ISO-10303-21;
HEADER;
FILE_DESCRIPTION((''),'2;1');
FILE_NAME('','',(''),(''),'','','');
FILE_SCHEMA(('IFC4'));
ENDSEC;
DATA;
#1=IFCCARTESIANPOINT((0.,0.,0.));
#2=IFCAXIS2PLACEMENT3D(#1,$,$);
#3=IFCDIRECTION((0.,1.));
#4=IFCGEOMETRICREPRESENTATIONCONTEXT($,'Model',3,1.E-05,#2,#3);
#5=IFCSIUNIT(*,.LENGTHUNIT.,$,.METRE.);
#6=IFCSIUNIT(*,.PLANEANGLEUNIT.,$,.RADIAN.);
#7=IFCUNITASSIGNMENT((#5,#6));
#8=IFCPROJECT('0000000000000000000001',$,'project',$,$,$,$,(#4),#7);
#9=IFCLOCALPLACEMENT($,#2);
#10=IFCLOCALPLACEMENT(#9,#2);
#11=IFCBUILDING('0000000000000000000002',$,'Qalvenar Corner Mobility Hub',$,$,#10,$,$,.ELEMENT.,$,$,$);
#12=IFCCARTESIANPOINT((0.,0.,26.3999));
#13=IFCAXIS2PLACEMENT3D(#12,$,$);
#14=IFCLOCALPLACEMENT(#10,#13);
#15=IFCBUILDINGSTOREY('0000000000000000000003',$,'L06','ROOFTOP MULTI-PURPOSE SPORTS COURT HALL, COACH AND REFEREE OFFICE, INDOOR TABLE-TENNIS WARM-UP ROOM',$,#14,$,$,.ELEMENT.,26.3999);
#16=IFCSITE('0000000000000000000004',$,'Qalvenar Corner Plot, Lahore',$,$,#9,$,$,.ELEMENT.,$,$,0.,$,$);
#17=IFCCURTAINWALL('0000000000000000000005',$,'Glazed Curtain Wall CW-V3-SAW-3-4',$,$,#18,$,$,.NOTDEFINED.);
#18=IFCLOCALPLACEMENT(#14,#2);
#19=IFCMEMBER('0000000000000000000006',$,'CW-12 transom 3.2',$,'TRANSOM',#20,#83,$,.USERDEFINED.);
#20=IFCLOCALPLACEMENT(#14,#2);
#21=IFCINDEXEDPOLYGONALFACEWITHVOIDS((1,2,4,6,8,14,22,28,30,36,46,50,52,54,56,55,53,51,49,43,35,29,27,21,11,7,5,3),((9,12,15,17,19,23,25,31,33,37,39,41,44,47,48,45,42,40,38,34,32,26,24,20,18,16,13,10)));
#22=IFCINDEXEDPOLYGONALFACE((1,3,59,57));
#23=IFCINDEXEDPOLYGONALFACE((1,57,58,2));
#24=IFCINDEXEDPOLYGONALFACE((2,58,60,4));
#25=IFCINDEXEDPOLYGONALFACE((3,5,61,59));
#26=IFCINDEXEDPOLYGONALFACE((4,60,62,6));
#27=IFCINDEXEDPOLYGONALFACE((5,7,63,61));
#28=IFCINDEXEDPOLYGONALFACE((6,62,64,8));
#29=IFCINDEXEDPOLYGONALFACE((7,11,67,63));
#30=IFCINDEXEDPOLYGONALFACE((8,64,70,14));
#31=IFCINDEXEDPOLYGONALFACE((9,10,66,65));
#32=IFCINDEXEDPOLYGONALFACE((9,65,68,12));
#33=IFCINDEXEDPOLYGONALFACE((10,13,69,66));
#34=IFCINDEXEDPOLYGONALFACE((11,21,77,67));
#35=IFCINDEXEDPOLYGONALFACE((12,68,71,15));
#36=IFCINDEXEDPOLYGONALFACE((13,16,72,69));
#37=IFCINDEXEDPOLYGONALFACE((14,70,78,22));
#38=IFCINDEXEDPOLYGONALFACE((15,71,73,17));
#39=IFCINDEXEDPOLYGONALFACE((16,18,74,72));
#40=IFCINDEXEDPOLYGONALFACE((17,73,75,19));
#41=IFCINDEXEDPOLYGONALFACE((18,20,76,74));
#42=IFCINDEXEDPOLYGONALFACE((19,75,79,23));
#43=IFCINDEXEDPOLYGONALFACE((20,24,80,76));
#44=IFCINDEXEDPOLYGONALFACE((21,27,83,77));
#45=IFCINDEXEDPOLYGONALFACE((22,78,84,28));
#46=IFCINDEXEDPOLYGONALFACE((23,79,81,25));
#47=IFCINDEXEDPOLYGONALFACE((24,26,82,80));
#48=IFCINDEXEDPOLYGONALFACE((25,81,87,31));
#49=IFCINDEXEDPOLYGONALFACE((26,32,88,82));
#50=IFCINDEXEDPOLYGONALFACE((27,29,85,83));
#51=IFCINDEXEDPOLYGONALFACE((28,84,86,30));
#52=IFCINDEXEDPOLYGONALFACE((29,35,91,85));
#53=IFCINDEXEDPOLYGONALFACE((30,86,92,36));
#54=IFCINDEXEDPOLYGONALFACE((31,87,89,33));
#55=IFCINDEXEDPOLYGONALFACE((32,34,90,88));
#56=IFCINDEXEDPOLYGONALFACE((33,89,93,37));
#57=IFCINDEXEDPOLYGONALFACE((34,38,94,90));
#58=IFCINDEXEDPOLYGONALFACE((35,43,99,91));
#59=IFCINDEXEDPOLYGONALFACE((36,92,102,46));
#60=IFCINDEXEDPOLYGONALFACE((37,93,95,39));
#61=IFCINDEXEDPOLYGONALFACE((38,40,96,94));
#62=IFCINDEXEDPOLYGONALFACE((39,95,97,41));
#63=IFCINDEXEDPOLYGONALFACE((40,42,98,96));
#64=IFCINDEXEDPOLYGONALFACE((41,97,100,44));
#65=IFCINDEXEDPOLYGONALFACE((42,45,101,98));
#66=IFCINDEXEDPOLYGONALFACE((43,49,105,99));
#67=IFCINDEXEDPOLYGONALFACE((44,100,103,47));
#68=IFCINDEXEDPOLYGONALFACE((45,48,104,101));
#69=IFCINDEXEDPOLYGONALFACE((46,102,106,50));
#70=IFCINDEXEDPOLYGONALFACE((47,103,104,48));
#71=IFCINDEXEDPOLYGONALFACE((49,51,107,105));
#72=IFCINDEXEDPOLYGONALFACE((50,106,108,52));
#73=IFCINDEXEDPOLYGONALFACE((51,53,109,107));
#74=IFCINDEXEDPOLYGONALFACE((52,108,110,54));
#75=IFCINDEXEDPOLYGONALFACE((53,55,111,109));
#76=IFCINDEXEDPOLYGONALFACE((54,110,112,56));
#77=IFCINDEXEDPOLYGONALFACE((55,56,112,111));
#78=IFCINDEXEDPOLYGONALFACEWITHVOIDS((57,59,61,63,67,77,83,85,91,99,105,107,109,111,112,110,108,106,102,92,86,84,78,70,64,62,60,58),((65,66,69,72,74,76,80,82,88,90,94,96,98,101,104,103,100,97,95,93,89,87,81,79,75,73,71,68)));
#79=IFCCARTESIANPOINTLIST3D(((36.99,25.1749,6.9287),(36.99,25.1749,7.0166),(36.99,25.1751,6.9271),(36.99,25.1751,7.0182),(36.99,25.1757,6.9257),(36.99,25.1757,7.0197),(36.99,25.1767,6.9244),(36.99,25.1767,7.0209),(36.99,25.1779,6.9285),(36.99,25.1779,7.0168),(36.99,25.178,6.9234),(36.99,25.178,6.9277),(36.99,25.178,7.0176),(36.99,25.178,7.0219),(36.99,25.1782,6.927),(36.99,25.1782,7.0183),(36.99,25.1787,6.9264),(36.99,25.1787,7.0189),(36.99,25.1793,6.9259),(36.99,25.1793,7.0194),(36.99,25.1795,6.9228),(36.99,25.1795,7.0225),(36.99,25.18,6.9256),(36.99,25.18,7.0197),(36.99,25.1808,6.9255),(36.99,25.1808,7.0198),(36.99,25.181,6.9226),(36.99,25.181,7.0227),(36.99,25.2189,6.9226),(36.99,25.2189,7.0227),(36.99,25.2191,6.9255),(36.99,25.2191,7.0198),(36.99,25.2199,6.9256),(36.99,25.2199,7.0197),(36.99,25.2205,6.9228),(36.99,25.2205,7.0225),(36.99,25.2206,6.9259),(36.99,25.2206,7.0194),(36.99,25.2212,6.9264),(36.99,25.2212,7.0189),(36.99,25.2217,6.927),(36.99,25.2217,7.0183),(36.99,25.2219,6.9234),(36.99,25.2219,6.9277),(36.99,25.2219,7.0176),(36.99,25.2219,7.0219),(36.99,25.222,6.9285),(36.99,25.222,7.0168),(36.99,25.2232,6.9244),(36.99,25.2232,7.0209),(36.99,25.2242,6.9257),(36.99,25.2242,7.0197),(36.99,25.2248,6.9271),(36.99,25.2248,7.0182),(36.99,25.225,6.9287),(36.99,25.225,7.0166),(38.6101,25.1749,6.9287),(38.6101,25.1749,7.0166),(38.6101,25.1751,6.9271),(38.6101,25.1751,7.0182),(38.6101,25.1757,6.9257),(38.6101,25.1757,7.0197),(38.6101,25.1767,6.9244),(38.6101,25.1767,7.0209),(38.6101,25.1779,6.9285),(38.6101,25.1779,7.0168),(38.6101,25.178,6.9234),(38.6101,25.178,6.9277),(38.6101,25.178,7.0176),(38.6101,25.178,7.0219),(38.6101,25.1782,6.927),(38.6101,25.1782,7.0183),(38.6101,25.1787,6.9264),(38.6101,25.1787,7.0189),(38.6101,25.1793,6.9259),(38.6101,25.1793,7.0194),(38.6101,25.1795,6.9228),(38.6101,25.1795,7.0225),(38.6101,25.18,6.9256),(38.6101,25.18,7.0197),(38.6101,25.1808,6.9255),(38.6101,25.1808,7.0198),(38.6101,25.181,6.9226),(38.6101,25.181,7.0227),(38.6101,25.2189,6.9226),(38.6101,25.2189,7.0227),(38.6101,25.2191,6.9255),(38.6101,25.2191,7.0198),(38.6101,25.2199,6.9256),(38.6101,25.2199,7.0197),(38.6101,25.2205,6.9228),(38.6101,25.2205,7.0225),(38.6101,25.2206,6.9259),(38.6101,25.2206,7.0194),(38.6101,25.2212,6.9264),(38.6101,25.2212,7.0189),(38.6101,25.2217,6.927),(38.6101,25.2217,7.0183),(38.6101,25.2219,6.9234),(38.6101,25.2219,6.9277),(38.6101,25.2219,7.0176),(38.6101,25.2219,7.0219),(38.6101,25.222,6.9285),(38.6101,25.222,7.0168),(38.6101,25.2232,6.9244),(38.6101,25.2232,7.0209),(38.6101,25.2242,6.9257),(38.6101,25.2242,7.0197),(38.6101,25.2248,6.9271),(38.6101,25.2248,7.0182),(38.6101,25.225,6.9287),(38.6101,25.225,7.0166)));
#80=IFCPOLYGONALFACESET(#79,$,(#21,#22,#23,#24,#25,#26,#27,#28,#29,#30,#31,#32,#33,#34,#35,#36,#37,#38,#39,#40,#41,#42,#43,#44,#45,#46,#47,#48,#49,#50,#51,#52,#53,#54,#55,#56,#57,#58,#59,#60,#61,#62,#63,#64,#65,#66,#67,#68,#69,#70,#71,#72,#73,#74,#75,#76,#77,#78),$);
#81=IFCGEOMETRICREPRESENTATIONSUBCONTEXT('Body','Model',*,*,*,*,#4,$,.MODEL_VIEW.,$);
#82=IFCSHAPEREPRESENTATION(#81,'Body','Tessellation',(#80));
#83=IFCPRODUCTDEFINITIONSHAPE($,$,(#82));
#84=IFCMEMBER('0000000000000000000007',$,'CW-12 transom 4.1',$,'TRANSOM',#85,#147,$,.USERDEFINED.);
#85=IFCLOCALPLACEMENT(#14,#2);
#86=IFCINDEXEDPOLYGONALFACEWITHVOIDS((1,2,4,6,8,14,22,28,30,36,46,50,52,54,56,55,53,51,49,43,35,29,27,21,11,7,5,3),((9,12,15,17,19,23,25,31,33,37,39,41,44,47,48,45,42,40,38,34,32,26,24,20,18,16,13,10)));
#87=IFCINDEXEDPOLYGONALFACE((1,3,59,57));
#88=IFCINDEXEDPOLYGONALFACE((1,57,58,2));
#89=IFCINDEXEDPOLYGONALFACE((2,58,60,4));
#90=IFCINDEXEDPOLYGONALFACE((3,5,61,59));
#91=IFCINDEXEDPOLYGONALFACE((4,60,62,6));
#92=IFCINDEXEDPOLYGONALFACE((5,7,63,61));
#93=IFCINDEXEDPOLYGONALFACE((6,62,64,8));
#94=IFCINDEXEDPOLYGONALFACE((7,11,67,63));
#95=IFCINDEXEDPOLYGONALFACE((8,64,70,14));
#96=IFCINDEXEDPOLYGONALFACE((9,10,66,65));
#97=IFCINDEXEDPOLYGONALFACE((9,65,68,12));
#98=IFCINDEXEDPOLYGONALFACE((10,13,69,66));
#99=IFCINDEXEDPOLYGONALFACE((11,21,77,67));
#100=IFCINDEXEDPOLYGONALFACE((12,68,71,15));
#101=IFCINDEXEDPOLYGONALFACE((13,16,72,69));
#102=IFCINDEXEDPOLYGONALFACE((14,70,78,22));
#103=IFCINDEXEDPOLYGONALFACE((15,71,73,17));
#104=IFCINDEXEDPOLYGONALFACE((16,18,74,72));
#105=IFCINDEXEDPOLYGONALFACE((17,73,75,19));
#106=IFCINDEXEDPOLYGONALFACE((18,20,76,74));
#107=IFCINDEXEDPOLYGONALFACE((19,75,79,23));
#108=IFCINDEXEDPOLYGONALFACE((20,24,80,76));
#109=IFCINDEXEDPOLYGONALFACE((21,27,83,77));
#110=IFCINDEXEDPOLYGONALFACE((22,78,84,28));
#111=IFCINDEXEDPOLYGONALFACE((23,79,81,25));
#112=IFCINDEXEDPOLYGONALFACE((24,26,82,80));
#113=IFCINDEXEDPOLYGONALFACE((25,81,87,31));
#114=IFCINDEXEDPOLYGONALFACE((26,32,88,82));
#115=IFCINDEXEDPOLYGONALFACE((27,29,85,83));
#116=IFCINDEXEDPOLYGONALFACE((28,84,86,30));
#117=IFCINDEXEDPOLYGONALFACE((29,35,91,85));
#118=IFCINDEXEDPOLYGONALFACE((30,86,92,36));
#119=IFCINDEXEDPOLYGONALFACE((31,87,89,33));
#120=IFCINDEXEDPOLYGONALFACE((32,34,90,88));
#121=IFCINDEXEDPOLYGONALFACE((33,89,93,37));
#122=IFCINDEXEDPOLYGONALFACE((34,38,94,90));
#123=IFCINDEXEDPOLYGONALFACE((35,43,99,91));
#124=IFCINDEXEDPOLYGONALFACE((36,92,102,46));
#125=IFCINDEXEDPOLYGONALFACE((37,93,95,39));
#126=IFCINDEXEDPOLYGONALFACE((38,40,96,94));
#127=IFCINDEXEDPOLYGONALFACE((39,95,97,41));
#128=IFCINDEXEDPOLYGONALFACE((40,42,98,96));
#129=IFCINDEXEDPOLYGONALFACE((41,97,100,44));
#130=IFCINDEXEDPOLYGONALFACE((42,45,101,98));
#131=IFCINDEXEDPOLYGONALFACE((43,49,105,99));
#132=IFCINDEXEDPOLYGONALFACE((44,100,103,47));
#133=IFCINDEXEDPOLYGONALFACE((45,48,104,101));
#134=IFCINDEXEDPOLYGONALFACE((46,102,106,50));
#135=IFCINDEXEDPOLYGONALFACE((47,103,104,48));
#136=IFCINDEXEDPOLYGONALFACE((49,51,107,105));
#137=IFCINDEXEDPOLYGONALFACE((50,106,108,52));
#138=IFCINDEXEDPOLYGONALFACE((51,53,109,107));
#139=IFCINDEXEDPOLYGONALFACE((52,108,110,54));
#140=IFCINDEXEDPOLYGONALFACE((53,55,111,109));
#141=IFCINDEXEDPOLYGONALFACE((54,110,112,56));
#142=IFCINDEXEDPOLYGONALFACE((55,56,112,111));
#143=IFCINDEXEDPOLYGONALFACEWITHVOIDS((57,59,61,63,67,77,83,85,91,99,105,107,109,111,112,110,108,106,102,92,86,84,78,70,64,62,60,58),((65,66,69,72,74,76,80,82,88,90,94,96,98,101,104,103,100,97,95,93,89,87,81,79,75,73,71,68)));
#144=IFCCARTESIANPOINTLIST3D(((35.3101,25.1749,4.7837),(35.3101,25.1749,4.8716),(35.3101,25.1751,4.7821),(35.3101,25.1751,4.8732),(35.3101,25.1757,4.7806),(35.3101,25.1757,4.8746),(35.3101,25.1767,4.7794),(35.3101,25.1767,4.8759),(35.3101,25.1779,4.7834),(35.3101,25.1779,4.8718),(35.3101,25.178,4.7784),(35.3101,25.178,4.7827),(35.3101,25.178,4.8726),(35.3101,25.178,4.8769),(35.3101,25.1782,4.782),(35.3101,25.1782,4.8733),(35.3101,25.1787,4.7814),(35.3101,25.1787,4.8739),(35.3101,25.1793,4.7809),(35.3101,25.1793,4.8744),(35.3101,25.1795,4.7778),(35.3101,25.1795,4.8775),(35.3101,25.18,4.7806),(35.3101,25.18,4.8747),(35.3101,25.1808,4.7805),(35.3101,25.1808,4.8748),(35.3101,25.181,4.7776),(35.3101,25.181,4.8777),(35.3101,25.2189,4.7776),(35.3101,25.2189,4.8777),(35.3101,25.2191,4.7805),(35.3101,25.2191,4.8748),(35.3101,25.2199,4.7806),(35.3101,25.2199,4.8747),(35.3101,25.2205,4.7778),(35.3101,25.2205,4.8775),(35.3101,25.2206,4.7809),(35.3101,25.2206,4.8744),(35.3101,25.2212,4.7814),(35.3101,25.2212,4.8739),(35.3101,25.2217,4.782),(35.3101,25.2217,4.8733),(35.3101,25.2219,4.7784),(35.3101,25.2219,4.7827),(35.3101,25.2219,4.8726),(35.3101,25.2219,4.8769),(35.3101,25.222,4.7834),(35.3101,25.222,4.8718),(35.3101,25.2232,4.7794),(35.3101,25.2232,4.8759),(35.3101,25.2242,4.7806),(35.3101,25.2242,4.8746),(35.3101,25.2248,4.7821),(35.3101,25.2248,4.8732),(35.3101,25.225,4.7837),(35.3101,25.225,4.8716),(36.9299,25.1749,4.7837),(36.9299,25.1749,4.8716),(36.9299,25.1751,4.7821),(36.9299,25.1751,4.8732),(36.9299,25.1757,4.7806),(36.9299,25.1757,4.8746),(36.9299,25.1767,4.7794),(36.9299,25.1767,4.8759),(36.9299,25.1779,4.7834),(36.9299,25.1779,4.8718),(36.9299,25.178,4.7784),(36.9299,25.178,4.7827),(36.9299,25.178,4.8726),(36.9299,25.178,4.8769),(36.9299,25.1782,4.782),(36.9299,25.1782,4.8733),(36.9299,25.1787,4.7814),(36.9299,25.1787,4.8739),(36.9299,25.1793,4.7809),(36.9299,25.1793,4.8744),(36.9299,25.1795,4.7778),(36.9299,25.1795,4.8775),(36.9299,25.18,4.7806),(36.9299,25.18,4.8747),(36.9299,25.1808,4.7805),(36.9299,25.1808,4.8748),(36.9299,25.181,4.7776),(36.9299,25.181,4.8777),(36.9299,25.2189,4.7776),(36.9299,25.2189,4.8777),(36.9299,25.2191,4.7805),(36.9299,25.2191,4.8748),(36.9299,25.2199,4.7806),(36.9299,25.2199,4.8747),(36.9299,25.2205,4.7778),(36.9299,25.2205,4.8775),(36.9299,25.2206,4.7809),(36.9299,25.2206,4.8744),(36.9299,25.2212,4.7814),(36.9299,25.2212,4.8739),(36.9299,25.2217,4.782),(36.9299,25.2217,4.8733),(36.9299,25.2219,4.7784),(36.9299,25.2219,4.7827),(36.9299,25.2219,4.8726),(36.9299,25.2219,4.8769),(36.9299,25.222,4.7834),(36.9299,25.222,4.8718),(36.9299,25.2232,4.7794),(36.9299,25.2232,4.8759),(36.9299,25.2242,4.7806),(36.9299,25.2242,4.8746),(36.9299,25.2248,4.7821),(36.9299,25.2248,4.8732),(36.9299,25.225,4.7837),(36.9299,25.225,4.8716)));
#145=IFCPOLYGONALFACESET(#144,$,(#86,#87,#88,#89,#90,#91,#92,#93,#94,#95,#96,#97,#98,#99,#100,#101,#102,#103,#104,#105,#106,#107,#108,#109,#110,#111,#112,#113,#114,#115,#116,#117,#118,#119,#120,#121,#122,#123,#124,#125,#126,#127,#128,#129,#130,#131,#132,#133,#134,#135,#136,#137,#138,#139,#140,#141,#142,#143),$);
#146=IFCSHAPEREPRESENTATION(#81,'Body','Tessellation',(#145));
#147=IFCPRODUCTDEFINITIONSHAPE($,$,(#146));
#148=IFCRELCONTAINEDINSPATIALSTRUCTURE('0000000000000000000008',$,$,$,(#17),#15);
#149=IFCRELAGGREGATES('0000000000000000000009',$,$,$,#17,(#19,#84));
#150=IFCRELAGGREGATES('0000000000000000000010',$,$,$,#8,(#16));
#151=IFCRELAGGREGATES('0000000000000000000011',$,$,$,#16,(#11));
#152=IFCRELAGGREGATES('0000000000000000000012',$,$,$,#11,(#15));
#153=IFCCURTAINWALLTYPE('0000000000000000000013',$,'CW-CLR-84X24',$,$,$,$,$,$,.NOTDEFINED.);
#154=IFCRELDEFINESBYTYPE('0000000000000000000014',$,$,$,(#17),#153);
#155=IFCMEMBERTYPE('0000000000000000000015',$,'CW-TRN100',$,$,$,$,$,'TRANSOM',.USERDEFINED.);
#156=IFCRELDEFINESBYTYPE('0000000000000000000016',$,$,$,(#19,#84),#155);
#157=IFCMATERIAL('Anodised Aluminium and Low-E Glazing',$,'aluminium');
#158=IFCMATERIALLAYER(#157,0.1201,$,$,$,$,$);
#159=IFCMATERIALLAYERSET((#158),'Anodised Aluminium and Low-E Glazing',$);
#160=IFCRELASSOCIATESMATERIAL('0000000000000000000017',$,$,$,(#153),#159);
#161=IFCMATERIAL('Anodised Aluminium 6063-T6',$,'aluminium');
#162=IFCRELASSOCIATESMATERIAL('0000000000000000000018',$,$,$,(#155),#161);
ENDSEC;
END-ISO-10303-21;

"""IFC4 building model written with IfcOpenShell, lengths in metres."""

from ifc_helpers import new_model, si_unit, direction, frame, origin, origin_2d, place, context, subcontext, project, spatial, hollow_rectangle, extrude, material, layer, layer_set, material_profile, profile_set, type_object, element, aggregate, save


model = new_model("IFC4")

# Units and contexts
model_context = context("Model", 3, precision=1e-05, world=origin(), true_north=direction((0.0, 1.0)))
body_context = subcontext(model_context, "Body", "Model", "MODEL_VIEW")
ifc_project = project(units=[si_unit("LENGTHUNIT", "METRE"), si_unit("PLANEANGLEUNIT", "RADIAN")], contexts=[model_context])

# Site, building, storey
site_placement = place(None, origin())
site = spatial("IfcSite", under=ifc_project, at=site_placement, Name="Qalvenar Corner Plot, Lahore", CompositionType="ELEMENT", RefElevation=0.0)
building_placement = place(site_placement, origin())
building = spatial("IfcBuilding", under=site, at=building_placement, Name="Qalvenar Corner Mobility Hub", CompositionType="ELEMENT")
storey_placement = place(building_placement, frame((0.0, 0.0, 26.3999)))
storey = spatial("IfcBuildingStorey", under=building, at=storey_placement, Name="L06", Description="ROOFTOP MULTI-PURPOSE SPORTS COURT HALL, COACH AND REFEREE OFFICE, INDOOR TABLE-TENNIS WARM-UP ROOM", CompositionType="ELEMENT", Elevation=26.3999)

# Curtain wall
ifc_material_1 = material(Name="Anodised Aluminium and Low-E Glazing", Category="aluminium")
ifc_layer_1 = layer(ifc_material_1, 0.1201)
ifc_layer_set_1 = layer_set([ifc_layer_1], Name="Anodised Aluminium and Low-E Glazing")
curtain_wall_type = type_object("IfcCurtainWallType", Name="CW-CLR-84X24", PredefinedType="NOTDEFINED", material=ifc_layer_set_1)
ifc_material_2 = material(Name="Anodised Aluminium 6063-T6", Category="aluminium")
curtain_wall_1_placement = place(storey_placement, origin())
curtain_wall_1 = element("IfcCurtainWall", 1, at=curtain_wall_1_placement, inside=storey, type_object=curtain_wall_type, Name="Glazed Curtain Wall CW-V3-SAW-3-4", PredefinedType="NOTDEFINED")

# Members
ifc_material_profile_1 = material_profile(ifc_material_2, hollow_rectangle(XDim=0.05, YDim=0.1001, WallThickness=0.0029, InnerFilletRadius=0.0029, OuterFilletRadius=0.0061, at=origin_2d()), Name="RHS100x50x3")
ifc_profile_set_1 = profile_set([ifc_material_profile_1], Name="Anodised Aluminium 6063-T6")
member_type_1 = type_object("IfcMemberType", Name="CW-TRN100", ElementType="TRANSOM", PredefinedType="USERDEFINED", material=ifc_profile_set_1)
member_1_placement = place(storey_placement, frame((38.6101, 25.2, 6.9727), z_axis=(-1.0, 0.0, 0.0), x_axis=(0.0, -1.0, 0.0)))
member_1 = element("IfcMember", 2, at=member_1_placement, type_object=member_type_1, Name="CW-12 transom 3.2", ObjectType="TRANSOM", PredefinedType="USERDEFINED", context=body_context, shape_type="SweptSolid", body=[
    extrude(hollow_rectangle(XDim=0.05, YDim=0.1001, WallThickness=0.0029, InnerFilletRadius=0.0029, OuterFilletRadius=0.0061, at=origin_2d()), origin(), (0.0, 0.0, 1.0), 1.6201),
])
member_2_placement = place(storey_placement, frame((36.9299, 25.2, 4.8276), z_axis=(-1.0, 0.0, 0.0), x_axis=(0.0, -1.0, 0.0)))
member_2 = element("IfcMember", 3, at=member_2_placement, type_object=member_type_1, Name="CW-12 transom 4.1", ObjectType="TRANSOM", PredefinedType="USERDEFINED", context=body_context, shape_type="SweptSolid", body=[
    extrude(hollow_rectangle(XDim=0.05, YDim=0.1001, WallThickness=0.0029, InnerFilletRadius=0.0029, OuterFilletRadius=0.0061, at=origin_2d()), origin(), (0.0, 0.0, 1.0), 1.6199),
])

aggregate(curtain_wall_1, [member_1, member_2])

save(model, "model.ifc")
